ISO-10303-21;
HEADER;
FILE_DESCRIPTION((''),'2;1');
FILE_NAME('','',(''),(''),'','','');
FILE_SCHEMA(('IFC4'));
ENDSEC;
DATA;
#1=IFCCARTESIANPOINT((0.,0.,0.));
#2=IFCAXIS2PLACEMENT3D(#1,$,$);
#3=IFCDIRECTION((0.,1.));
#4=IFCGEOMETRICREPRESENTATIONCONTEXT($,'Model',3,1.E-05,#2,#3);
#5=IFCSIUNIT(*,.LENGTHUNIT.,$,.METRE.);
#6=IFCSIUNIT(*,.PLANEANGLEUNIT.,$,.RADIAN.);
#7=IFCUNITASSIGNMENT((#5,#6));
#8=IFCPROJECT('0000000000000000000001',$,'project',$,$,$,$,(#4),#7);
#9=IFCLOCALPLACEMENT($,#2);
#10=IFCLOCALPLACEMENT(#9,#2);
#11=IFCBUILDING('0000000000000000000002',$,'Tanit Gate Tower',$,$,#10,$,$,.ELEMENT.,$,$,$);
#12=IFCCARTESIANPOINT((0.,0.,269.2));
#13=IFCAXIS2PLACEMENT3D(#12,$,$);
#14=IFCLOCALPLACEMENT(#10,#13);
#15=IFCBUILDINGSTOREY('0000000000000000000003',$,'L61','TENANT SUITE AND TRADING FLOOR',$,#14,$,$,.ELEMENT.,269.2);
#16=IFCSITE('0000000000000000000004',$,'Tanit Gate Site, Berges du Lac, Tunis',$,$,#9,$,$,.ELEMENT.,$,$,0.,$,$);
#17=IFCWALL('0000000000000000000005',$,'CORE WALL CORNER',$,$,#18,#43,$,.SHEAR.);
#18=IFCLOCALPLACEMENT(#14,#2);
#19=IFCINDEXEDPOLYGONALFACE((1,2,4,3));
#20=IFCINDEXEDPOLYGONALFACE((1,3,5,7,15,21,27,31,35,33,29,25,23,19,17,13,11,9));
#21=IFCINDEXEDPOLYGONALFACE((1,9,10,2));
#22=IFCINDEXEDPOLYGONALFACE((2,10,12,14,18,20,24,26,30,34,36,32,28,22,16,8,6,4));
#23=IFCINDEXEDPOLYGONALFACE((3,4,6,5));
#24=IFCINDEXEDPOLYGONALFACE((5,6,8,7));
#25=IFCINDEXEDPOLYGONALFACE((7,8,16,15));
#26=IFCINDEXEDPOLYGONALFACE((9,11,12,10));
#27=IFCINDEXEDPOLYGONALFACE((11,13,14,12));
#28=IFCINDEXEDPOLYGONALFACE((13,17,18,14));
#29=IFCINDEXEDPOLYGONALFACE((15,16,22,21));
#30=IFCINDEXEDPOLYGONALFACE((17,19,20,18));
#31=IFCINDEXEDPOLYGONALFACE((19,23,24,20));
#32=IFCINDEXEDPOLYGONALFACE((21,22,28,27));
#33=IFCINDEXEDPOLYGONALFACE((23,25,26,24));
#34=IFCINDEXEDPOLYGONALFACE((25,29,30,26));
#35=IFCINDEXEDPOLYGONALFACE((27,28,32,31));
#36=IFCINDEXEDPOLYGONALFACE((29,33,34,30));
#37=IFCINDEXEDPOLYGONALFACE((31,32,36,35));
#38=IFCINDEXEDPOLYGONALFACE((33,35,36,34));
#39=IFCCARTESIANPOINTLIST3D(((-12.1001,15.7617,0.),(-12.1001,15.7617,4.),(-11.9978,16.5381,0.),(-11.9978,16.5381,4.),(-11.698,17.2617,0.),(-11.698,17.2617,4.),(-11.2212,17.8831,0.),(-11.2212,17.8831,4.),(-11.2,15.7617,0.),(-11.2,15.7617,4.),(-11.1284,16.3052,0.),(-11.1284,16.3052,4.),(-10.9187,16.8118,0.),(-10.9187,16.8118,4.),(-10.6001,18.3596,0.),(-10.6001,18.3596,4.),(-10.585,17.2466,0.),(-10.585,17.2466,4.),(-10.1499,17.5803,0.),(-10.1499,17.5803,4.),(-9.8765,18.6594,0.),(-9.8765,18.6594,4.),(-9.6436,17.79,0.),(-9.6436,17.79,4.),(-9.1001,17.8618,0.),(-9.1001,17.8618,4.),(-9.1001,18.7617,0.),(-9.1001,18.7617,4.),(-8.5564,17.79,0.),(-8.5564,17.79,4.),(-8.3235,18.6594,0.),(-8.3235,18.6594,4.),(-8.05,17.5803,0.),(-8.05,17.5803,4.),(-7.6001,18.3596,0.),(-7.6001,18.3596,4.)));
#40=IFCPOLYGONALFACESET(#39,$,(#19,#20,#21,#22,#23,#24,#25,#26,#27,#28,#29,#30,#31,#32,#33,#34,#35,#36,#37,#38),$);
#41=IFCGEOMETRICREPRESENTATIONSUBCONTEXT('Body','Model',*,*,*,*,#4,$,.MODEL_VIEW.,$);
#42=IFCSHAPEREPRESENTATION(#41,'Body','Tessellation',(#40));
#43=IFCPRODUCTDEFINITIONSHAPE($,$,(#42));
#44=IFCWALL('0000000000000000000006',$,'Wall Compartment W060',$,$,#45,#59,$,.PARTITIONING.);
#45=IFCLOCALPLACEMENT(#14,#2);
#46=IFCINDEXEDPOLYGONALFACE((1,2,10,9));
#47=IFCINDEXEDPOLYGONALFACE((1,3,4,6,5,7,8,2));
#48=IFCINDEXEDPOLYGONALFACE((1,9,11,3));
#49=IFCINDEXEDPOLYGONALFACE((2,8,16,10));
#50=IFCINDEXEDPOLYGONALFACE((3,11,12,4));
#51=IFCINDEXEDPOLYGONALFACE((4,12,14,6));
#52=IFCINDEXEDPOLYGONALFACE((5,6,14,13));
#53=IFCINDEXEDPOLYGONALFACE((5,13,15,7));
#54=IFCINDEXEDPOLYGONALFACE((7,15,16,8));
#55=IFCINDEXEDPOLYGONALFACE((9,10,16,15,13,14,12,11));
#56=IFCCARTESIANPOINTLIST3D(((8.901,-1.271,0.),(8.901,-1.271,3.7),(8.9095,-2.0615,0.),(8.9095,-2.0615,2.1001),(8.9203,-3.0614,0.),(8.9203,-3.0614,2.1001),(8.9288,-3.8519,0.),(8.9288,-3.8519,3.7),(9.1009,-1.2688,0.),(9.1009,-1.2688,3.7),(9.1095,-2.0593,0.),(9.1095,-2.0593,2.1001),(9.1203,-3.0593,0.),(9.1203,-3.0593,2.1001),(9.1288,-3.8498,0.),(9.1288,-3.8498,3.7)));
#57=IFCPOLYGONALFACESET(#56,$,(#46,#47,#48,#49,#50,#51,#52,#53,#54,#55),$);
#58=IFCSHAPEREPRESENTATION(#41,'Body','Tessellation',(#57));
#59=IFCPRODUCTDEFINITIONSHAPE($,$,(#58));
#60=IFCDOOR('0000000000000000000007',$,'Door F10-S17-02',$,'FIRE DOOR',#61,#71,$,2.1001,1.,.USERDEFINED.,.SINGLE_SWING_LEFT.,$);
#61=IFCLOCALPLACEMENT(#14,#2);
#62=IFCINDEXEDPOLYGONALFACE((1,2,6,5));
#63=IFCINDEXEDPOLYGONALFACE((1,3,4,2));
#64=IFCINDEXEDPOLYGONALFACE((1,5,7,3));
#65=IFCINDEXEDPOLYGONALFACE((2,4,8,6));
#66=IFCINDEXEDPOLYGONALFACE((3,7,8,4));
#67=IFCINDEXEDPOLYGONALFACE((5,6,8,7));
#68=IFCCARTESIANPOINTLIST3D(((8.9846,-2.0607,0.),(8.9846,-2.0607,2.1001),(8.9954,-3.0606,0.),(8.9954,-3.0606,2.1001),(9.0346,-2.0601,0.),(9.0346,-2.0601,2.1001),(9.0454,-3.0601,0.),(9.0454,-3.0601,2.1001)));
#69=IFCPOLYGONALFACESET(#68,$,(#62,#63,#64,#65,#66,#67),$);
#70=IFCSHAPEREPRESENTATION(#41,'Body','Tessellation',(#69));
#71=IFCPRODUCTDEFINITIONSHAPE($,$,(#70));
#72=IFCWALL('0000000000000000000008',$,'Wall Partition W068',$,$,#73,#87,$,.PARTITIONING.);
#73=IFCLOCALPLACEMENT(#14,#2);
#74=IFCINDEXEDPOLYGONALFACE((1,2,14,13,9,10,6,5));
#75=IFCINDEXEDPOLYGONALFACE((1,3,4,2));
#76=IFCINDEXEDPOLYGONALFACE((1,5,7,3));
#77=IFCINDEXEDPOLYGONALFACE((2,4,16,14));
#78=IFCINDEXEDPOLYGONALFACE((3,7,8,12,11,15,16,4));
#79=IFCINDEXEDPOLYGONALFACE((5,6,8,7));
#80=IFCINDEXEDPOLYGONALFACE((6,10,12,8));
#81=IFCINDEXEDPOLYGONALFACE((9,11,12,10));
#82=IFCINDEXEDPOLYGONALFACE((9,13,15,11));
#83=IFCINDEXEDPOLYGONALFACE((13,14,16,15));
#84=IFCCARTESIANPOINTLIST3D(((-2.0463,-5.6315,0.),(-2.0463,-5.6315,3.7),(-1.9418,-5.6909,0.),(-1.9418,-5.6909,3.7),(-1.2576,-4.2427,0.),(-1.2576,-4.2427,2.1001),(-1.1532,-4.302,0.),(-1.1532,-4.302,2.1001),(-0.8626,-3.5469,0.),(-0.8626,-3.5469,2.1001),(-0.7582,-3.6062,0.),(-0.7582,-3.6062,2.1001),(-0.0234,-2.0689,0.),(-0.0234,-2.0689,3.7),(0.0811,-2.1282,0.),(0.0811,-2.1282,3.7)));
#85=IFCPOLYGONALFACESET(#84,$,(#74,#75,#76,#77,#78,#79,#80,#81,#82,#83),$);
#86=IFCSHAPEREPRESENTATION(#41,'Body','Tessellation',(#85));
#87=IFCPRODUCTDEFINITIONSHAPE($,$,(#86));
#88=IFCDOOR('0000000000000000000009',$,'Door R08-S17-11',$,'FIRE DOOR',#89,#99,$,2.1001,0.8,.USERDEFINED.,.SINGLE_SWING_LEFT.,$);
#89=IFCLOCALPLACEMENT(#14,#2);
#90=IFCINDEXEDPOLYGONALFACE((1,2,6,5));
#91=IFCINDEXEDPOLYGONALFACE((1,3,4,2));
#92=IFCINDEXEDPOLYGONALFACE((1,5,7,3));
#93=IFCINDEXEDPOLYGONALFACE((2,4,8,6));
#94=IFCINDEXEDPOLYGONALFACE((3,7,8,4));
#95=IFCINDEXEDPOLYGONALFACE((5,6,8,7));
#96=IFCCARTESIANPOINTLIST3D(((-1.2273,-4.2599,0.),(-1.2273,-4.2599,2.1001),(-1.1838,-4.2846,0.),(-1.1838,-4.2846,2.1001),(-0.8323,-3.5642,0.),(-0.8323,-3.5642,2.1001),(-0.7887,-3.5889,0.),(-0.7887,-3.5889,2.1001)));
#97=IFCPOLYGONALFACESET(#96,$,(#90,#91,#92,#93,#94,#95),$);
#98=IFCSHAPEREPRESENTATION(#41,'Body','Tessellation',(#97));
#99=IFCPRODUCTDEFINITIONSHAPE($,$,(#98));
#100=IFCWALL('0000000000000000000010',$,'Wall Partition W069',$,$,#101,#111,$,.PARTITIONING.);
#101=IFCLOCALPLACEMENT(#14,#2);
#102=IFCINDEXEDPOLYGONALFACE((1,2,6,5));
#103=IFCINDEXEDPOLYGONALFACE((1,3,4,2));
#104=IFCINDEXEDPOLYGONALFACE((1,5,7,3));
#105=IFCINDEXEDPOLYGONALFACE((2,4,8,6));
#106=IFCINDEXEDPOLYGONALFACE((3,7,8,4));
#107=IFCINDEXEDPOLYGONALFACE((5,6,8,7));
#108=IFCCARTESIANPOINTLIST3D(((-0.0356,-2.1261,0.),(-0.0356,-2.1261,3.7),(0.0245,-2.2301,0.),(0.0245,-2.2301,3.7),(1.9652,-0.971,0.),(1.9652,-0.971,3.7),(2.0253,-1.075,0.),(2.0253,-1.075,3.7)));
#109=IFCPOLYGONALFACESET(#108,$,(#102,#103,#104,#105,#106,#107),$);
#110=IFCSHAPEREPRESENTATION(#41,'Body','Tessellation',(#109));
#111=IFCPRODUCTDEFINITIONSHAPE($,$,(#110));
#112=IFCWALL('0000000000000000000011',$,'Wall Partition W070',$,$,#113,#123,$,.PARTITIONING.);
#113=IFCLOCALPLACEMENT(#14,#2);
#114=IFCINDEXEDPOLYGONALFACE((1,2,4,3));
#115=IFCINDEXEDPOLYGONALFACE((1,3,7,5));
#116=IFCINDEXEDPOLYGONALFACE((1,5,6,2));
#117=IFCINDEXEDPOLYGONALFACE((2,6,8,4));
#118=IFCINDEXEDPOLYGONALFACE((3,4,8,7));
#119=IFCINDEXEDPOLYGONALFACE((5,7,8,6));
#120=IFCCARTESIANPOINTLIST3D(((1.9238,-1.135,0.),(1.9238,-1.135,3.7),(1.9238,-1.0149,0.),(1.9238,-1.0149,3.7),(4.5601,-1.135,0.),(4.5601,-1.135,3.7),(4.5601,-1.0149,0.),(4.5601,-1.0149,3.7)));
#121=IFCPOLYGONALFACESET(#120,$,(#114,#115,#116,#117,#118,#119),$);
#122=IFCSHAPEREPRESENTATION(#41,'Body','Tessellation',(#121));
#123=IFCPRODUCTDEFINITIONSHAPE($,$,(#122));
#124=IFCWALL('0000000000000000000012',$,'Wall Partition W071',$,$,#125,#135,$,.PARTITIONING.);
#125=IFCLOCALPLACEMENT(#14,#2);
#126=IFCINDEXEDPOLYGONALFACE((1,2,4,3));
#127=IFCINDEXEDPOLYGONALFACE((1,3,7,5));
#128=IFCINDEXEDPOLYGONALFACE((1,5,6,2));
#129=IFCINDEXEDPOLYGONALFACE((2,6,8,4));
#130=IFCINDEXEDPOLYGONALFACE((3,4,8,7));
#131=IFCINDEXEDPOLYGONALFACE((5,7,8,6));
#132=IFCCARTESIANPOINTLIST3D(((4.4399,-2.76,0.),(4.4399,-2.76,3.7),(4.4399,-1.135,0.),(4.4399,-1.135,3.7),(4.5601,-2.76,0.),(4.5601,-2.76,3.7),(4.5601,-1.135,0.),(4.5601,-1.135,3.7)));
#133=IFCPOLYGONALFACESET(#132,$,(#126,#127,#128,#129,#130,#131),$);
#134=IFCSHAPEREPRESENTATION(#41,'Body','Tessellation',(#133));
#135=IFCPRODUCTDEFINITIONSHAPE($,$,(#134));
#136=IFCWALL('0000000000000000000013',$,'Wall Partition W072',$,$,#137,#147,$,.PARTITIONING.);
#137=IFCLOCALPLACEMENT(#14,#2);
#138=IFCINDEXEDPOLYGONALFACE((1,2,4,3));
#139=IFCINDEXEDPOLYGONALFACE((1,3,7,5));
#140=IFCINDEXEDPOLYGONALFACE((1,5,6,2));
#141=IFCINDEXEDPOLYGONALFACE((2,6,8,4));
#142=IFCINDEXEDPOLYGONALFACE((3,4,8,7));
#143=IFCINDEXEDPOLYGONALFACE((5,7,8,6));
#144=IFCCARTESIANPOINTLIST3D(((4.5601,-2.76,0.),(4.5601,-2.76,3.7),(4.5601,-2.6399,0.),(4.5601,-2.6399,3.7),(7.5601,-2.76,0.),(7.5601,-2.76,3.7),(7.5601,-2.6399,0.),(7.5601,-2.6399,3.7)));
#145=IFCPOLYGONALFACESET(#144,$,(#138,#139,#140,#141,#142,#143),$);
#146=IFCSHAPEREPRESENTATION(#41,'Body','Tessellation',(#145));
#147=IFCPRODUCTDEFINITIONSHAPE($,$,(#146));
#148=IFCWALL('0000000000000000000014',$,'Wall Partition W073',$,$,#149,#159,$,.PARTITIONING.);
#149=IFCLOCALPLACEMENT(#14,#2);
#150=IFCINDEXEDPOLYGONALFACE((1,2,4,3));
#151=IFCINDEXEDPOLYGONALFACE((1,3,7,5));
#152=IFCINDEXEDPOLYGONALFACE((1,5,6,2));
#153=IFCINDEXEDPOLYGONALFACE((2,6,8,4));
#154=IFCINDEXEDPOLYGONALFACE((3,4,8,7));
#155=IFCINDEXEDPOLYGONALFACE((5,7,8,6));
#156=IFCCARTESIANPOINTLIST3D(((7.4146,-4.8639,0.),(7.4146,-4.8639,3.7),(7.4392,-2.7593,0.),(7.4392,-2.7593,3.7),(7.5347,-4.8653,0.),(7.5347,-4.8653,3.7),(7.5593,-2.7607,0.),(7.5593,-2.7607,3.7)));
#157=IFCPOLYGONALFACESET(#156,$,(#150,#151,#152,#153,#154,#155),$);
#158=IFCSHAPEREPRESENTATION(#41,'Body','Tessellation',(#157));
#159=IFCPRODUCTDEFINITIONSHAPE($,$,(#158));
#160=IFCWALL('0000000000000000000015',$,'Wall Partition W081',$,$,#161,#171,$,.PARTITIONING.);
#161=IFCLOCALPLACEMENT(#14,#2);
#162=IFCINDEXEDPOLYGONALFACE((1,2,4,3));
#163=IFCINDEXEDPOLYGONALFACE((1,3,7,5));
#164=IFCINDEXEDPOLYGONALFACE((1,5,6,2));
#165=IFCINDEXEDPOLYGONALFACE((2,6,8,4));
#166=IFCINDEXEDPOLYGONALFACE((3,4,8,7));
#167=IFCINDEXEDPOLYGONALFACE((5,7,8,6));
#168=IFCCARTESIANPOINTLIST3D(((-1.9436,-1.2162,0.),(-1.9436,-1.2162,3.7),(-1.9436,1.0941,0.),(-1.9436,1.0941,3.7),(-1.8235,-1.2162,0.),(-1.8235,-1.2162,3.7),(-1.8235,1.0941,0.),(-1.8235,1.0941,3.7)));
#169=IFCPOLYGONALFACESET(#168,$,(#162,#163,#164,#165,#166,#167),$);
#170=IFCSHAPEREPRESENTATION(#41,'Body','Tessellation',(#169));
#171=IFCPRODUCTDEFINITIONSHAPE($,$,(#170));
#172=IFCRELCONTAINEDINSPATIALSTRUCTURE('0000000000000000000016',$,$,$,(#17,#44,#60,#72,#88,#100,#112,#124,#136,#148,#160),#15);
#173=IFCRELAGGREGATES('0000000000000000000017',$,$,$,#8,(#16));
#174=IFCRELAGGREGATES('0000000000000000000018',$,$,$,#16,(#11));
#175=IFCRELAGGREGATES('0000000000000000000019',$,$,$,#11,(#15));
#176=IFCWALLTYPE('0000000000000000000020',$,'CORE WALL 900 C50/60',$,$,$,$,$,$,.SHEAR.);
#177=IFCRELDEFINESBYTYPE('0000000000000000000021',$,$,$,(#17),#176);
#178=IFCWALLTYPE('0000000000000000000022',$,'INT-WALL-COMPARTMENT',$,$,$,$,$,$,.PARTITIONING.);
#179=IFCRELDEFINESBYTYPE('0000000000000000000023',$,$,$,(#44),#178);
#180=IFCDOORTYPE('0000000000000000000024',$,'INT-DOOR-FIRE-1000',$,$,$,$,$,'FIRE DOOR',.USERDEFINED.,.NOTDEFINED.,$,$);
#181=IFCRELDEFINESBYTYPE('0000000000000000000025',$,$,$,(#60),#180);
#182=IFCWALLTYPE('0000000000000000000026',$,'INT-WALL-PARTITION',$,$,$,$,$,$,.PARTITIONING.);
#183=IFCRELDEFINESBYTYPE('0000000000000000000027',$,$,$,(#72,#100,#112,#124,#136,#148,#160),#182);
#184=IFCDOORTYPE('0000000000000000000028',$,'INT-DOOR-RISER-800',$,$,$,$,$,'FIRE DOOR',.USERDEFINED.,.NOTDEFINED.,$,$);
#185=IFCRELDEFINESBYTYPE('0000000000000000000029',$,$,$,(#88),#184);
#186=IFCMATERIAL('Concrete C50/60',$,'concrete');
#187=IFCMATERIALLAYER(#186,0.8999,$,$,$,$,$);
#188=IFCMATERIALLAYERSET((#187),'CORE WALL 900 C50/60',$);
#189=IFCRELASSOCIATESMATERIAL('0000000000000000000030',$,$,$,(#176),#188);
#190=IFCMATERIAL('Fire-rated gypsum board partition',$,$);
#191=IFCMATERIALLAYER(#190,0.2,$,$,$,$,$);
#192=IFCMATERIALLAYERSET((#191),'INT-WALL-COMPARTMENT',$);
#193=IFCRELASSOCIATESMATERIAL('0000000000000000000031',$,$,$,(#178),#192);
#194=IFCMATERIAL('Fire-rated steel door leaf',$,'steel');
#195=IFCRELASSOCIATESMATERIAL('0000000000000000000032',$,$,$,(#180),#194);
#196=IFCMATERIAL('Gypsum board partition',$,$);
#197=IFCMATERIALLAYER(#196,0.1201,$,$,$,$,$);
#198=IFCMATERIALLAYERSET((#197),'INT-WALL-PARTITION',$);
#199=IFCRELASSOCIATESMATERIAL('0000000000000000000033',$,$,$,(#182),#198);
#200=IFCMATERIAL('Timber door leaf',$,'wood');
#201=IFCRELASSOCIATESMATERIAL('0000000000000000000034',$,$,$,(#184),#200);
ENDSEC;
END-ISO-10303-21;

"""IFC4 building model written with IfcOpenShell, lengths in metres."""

from ifc_helpers import new_model, si_unit, direction, frame, frame_2d, origin, place, context, subcontext, project, spatial, polyline, rectangle, outline, extrude, material, layer, layer_set, type_object, element, fill, save


model = new_model("IFC4")

# Units and contexts
model_context = context("Model", 3, precision=1e-05, world=origin(), true_north=direction((0.0, 1.0)))
body_context = subcontext(model_context, "Body", "Model", "MODEL_VIEW")
ifc_project = project(units=[si_unit("LENGTHUNIT", "METRE"), si_unit("PLANEANGLEUNIT", "RADIAN")], contexts=[model_context])

# Site, building, storey
site_placement = place(None, origin())
site = spatial("IfcSite", under=ifc_project, at=site_placement, Name="Tanit Gate Site, Berges du Lac, Tunis", CompositionType="ELEMENT", RefElevation=0.0)
building_placement = place(site_placement, origin())
building = spatial("IfcBuilding", under=site, at=building_placement, Name="Tanit Gate Tower", CompositionType="ELEMENT")
storey_placement = place(building_placement, frame((0.0, 0.0, 269.2)))
storey = spatial("IfcBuildingStorey", under=building, at=storey_placement, Name="L61", Description="TENANT SUITE AND TRADING FLOOR", CompositionType="ELEMENT", Elevation=269.2)

# Wall
ifc_material_1 = material(Name="Concrete C50/60", Category="concrete")
ifc_layer_1 = layer(ifc_material_1, 0.8999)
ifc_layer_set_1 = layer_set([ifc_layer_1], Name="CORE WALL 900 C50/60")
wall_type_1 = type_object("IfcWallType", Name="CORE WALL 900 C50/60", PredefinedType="SHEAR", material=ifc_layer_set_1)
wall_1_placement = place(storey_placement, origin())
element("IfcWall", 1, at=wall_1_placement, inside=storey, type_object=wall_type_1, Name="CORE WALL CORNER", PredefinedType="SHEAR", context=body_context, shape_type="SweptSolid", body=[
    extrude(outline(polyline([(-7.6001, 18.3596), (-8.3235, 18.6594), (-9.1001, 18.7617), (-9.8765, 18.6594), (-10.6001, 18.3596), (-11.2212, 17.8831), (-11.698, 17.2617), (-11.9978, 16.5381), (-12.1001, 15.7617), (-11.2, 15.7617), (-11.1284, 16.3052), (-10.9187, 16.8118), (-10.585, 17.2466), (-10.1499, 17.5803), (-9.6436, 17.79), (-9.1001, 17.8618), (-8.5564, 17.79), (-8.05, 17.5803), (-7.6001, 18.3596)])), origin(), (0.0, 0.0, 1.0), 4.0),
])

# Walls, openings, doors
ifc_material_2 = material(Name="Fire-rated gypsum board partition")
ifc_layer_2 = layer(ifc_material_2, 0.2)
ifc_layer_set_2 = layer_set([ifc_layer_2], Name="INT-WALL-COMPARTMENT")
wall_type_2 = type_object("IfcWallType", Name="INT-WALL-COMPARTMENT", PredefinedType="PARTITIONING", material=ifc_layer_set_2)
wall_2_placement = place(storey_placement, frame((9.0288, -3.8508, 0.0), z_axis=(0.0, 0.0, 1.0), x_axis=(-0.010784, 0.999942, 0.0)))
wall_2 = element("IfcWall", 2, at=wall_2_placement, inside=storey, type_object=wall_type_2, Name="Wall Compartment W060", PredefinedType="PARTITIONING", context=body_context, shape_type="SweptSolid", body=[
    extrude(rectangle(XDim=2.5811, YDim=0.2, at=frame_2d((1.2905, 0.0))), origin(), (0.0, 0.0, 1.0), 3.7),
])
opening_1_placement = place(wall_2_placement, frame((0.7905, 0.0, 0.0)))
opening_1 = element("IfcOpeningElement", 3, at=opening_1_placement, cuts=wall_2, PredefinedType="OPENING", context=body_context, shape_type="SweptSolid", body=[
    extrude(rectangle(XDim=1.0, YDim=2.1001, at=frame_2d((0.5, 1.05))), frame((0.0, 0.1099, 0.0), z_axis=(0.0, -1.0, 0.0), x_axis=(1.0, 0.0, 0.0)), (0.0, 0.0, 1.0), 0.22),
])
ifc_material_3 = material(Name="Fire-rated steel door leaf", Category="steel")
door_type_1 = type_object("IfcDoorType", Name="INT-DOOR-FIRE-1000", ElementType="FIRE DOOR", OperationType="NOTDEFINED", PredefinedType="USERDEFINED", material=ifc_material_3)
door_1_placement = place(opening_1_placement, origin())
door_1 = element("IfcDoor", 4, at=door_1_placement, inside=storey, type_object=door_type_1, Name="Door F10-S17-02", ObjectType="FIRE DOOR", OperationType="SINGLE_SWING_LEFT", OverallHeight=2.1001, OverallWidth=1.0, PredefinedType="USERDEFINED", context=body_context, shape_type="SweptSolid", body=[
    extrude(rectangle(XDim=1.0, YDim=2.1001, at=frame_2d((0.5, 1.05))), frame((0.0, 0.0249, 0.0), z_axis=(0.0, -1.0, 0.0), x_axis=(1.0, 0.0, 0.0)), (0.0, 0.0, 1.0), 0.05),
])
fill(opening_1, door_1)
ifc_material_4 = material(Name="Gypsum board partition")
ifc_layer_3 = layer(ifc_material_4, 0.1201)
ifc_layer_set_3 = layer_set([ifc_layer_3], Name="INT-WALL-PARTITION")
wall_type_3 = type_object("IfcWallType", Name="INT-WALL-PARTITION", PredefinedType="PARTITIONING", material=ifc_layer_set_3)
wall_3_placement = place(storey_placement, frame((0.0288, -2.0986, 0.0), z_axis=(0.0, 0.0, 1.0), x_axis=(-0.493763, -0.869597, 0.0)))
wall_3 = element("IfcWall", 5, at=wall_3_placement, inside=storey, type_object=wall_type_3, Name="Wall Partition W068", PredefinedType="PARTITIONING", context=body_context, shape_type="SweptSolid", body=[
    extrude(rectangle(XDim=4.0969, YDim=0.1201, at=frame_2d((2.0483, 0.0))), origin(), (0.0, 0.0, 1.0), 3.7),
])
opening_2_placement = place(wall_3_placement, frame((1.6997, 0.0, 0.0)))
opening_2 = element("IfcOpeningElement", 6, at=opening_2_placement, cuts=wall_3, PredefinedType="OPENING", context=body_context, shape_type="SweptSolid", body=[
    extrude(rectangle(XDim=0.8, YDim=2.1001, at=frame_2d((0.3999, 1.05))), frame((0.0, 0.0701, 0.0), z_axis=(0.0, -1.0, 0.0), x_axis=(1.0, 0.0, 0.0)), (0.0, 0.0, 1.0), 0.1401),
])
ifc_material_5 = material(Name="Timber door leaf", Category="wood")
door_type_2 = type_object("IfcDoorType", Name="INT-DOOR-RISER-800", ElementType="FIRE DOOR", OperationType="NOTDEFINED", PredefinedType="USERDEFINED", material=ifc_material_5)
door_2_placement = place(opening_2_placement, origin())
door_2 = element("IfcDoor", 7, at=door_2_placement, inside=storey, type_object=door_type_2, Name="Door R08-S17-11", ObjectType="FIRE DOOR", OperationType="SINGLE_SWING_LEFT", OverallHeight=2.1001, OverallWidth=0.8, PredefinedType="USERDEFINED", context=body_context, shape_type="SweptSolid", body=[
    extrude(rectangle(XDim=0.8, YDim=2.1001, at=frame_2d((0.3999, 1.05))), frame((0.0, 0.0249, 0.0), z_axis=(0.0, -1.0, 0.0), x_axis=(1.0, 0.0, 0.0)), (0.0, 0.0, 1.0), 0.05),
])
fill(opening_2, door_2)

# Walls
wall_4_placement = place(storey_placement, frame((1.9954, -1.0229, 0.0), z_axis=(0.0, 0.0, 1.0), x_axis=(-0.866043, -0.499969, 0.0)))
element("IfcWall", 8, at=wall_4_placement, inside=storey, type_object=wall_type_3, Name="Wall Partition W069", PredefinedType="PARTITIONING", context=body_context, shape_type="SweptSolid", body=[
    extrude(rectangle(XDim=2.3103, YDim=0.1201, at=frame_2d((1.1553, 0.0))), origin(), (0.0, 0.0, 1.0), 3.7),
])
wall_5_placement = place(storey_placement, frame((4.5601, -1.075, 0.0), z_axis=(0.0, 0.0, 1.0), x_axis=(-1.0, 0.0, 0.0)))
element("IfcWall", 9, at=wall_5_placement, inside=storey, type_object=wall_type_3, Name="Wall Partition W070", PredefinedType="PARTITIONING", context=body_context, shape_type="SweptSolid", body=[
    extrude(rectangle(XDim=2.6362, YDim=0.1201, at=frame_2d((1.3181, 0.0))), origin(), (0.0, 0.0, 1.0), 3.7),
])
wall_6_placement = place(storey_placement, frame((4.5, -2.76, 0.0), z_axis=(0.0, 0.0, 1.0), x_axis=(0.0, 1.0, 0.0)))
element("IfcWall", 10, at=wall_6_placement, inside=storey, type_object=wall_type_3, Name="Wall Partition W071", PredefinedType="PARTITIONING", context=body_context, shape_type="SweptSolid", body=[
    extrude(rectangle(XDim=1.625, YDim=0.1201, at=frame_2d((0.8125, 0.0))), origin(), (0.0, 0.0, 1.0), 3.7),
])
wall_7_placement = place(storey_placement, frame((7.5601, -2.7, 0.0), z_axis=(0.0, 0.0, 1.0), x_axis=(-1.0, 0.0, 0.0)))
element("IfcWall", 11, at=wall_7_placement, inside=storey, type_object=wall_type_3, Name="Wall Partition W072", PredefinedType="PARTITIONING", context=body_context, shape_type="SweptSolid", body=[
    extrude(rectangle(XDim=3.0, YDim=0.1201, at=frame_2d((1.5, 0.0))), origin(), (0.0, 0.0, 1.0), 3.7),
])
wall_8_placement = place(storey_placement, frame((7.4746, -4.8645, 0.0), z_axis=(0.0, 0.0, 1.0), x_axis=(0.011716, 0.999931, 0.0)))
element("IfcWall", 12, at=wall_8_placement, inside=storey, type_object=wall_type_3, Name="Wall Partition W073", PredefinedType="PARTITIONING", context=body_context, shape_type="SweptSolid", body=[
    extrude(rectangle(XDim=2.1047, YDim=0.1201, at=frame_2d((1.0522, 0.0))), origin(), (0.0, 0.0, 1.0), 3.7),
])
wall_9_placement = place(storey_placement, frame((-1.8835, -1.2163, 0.0), z_axis=(0.0, 0.0, 1.0), x_axis=(0.0, 1.0, 0.0)))
element("IfcWall", 13, at=wall_9_placement, inside=storey, type_object=wall_type_3, Name="Wall Partition W081", PredefinedType="PARTITIONING", context=body_context, shape_type="SweptSolid", body=[
    extrude(rectangle(XDim=2.3103, YDim=0.1201, at=frame_2d((1.1553, 0.0))), origin(), (0.0, 0.0, 1.0), 3.7),
])

save(model, "model.ifc")
